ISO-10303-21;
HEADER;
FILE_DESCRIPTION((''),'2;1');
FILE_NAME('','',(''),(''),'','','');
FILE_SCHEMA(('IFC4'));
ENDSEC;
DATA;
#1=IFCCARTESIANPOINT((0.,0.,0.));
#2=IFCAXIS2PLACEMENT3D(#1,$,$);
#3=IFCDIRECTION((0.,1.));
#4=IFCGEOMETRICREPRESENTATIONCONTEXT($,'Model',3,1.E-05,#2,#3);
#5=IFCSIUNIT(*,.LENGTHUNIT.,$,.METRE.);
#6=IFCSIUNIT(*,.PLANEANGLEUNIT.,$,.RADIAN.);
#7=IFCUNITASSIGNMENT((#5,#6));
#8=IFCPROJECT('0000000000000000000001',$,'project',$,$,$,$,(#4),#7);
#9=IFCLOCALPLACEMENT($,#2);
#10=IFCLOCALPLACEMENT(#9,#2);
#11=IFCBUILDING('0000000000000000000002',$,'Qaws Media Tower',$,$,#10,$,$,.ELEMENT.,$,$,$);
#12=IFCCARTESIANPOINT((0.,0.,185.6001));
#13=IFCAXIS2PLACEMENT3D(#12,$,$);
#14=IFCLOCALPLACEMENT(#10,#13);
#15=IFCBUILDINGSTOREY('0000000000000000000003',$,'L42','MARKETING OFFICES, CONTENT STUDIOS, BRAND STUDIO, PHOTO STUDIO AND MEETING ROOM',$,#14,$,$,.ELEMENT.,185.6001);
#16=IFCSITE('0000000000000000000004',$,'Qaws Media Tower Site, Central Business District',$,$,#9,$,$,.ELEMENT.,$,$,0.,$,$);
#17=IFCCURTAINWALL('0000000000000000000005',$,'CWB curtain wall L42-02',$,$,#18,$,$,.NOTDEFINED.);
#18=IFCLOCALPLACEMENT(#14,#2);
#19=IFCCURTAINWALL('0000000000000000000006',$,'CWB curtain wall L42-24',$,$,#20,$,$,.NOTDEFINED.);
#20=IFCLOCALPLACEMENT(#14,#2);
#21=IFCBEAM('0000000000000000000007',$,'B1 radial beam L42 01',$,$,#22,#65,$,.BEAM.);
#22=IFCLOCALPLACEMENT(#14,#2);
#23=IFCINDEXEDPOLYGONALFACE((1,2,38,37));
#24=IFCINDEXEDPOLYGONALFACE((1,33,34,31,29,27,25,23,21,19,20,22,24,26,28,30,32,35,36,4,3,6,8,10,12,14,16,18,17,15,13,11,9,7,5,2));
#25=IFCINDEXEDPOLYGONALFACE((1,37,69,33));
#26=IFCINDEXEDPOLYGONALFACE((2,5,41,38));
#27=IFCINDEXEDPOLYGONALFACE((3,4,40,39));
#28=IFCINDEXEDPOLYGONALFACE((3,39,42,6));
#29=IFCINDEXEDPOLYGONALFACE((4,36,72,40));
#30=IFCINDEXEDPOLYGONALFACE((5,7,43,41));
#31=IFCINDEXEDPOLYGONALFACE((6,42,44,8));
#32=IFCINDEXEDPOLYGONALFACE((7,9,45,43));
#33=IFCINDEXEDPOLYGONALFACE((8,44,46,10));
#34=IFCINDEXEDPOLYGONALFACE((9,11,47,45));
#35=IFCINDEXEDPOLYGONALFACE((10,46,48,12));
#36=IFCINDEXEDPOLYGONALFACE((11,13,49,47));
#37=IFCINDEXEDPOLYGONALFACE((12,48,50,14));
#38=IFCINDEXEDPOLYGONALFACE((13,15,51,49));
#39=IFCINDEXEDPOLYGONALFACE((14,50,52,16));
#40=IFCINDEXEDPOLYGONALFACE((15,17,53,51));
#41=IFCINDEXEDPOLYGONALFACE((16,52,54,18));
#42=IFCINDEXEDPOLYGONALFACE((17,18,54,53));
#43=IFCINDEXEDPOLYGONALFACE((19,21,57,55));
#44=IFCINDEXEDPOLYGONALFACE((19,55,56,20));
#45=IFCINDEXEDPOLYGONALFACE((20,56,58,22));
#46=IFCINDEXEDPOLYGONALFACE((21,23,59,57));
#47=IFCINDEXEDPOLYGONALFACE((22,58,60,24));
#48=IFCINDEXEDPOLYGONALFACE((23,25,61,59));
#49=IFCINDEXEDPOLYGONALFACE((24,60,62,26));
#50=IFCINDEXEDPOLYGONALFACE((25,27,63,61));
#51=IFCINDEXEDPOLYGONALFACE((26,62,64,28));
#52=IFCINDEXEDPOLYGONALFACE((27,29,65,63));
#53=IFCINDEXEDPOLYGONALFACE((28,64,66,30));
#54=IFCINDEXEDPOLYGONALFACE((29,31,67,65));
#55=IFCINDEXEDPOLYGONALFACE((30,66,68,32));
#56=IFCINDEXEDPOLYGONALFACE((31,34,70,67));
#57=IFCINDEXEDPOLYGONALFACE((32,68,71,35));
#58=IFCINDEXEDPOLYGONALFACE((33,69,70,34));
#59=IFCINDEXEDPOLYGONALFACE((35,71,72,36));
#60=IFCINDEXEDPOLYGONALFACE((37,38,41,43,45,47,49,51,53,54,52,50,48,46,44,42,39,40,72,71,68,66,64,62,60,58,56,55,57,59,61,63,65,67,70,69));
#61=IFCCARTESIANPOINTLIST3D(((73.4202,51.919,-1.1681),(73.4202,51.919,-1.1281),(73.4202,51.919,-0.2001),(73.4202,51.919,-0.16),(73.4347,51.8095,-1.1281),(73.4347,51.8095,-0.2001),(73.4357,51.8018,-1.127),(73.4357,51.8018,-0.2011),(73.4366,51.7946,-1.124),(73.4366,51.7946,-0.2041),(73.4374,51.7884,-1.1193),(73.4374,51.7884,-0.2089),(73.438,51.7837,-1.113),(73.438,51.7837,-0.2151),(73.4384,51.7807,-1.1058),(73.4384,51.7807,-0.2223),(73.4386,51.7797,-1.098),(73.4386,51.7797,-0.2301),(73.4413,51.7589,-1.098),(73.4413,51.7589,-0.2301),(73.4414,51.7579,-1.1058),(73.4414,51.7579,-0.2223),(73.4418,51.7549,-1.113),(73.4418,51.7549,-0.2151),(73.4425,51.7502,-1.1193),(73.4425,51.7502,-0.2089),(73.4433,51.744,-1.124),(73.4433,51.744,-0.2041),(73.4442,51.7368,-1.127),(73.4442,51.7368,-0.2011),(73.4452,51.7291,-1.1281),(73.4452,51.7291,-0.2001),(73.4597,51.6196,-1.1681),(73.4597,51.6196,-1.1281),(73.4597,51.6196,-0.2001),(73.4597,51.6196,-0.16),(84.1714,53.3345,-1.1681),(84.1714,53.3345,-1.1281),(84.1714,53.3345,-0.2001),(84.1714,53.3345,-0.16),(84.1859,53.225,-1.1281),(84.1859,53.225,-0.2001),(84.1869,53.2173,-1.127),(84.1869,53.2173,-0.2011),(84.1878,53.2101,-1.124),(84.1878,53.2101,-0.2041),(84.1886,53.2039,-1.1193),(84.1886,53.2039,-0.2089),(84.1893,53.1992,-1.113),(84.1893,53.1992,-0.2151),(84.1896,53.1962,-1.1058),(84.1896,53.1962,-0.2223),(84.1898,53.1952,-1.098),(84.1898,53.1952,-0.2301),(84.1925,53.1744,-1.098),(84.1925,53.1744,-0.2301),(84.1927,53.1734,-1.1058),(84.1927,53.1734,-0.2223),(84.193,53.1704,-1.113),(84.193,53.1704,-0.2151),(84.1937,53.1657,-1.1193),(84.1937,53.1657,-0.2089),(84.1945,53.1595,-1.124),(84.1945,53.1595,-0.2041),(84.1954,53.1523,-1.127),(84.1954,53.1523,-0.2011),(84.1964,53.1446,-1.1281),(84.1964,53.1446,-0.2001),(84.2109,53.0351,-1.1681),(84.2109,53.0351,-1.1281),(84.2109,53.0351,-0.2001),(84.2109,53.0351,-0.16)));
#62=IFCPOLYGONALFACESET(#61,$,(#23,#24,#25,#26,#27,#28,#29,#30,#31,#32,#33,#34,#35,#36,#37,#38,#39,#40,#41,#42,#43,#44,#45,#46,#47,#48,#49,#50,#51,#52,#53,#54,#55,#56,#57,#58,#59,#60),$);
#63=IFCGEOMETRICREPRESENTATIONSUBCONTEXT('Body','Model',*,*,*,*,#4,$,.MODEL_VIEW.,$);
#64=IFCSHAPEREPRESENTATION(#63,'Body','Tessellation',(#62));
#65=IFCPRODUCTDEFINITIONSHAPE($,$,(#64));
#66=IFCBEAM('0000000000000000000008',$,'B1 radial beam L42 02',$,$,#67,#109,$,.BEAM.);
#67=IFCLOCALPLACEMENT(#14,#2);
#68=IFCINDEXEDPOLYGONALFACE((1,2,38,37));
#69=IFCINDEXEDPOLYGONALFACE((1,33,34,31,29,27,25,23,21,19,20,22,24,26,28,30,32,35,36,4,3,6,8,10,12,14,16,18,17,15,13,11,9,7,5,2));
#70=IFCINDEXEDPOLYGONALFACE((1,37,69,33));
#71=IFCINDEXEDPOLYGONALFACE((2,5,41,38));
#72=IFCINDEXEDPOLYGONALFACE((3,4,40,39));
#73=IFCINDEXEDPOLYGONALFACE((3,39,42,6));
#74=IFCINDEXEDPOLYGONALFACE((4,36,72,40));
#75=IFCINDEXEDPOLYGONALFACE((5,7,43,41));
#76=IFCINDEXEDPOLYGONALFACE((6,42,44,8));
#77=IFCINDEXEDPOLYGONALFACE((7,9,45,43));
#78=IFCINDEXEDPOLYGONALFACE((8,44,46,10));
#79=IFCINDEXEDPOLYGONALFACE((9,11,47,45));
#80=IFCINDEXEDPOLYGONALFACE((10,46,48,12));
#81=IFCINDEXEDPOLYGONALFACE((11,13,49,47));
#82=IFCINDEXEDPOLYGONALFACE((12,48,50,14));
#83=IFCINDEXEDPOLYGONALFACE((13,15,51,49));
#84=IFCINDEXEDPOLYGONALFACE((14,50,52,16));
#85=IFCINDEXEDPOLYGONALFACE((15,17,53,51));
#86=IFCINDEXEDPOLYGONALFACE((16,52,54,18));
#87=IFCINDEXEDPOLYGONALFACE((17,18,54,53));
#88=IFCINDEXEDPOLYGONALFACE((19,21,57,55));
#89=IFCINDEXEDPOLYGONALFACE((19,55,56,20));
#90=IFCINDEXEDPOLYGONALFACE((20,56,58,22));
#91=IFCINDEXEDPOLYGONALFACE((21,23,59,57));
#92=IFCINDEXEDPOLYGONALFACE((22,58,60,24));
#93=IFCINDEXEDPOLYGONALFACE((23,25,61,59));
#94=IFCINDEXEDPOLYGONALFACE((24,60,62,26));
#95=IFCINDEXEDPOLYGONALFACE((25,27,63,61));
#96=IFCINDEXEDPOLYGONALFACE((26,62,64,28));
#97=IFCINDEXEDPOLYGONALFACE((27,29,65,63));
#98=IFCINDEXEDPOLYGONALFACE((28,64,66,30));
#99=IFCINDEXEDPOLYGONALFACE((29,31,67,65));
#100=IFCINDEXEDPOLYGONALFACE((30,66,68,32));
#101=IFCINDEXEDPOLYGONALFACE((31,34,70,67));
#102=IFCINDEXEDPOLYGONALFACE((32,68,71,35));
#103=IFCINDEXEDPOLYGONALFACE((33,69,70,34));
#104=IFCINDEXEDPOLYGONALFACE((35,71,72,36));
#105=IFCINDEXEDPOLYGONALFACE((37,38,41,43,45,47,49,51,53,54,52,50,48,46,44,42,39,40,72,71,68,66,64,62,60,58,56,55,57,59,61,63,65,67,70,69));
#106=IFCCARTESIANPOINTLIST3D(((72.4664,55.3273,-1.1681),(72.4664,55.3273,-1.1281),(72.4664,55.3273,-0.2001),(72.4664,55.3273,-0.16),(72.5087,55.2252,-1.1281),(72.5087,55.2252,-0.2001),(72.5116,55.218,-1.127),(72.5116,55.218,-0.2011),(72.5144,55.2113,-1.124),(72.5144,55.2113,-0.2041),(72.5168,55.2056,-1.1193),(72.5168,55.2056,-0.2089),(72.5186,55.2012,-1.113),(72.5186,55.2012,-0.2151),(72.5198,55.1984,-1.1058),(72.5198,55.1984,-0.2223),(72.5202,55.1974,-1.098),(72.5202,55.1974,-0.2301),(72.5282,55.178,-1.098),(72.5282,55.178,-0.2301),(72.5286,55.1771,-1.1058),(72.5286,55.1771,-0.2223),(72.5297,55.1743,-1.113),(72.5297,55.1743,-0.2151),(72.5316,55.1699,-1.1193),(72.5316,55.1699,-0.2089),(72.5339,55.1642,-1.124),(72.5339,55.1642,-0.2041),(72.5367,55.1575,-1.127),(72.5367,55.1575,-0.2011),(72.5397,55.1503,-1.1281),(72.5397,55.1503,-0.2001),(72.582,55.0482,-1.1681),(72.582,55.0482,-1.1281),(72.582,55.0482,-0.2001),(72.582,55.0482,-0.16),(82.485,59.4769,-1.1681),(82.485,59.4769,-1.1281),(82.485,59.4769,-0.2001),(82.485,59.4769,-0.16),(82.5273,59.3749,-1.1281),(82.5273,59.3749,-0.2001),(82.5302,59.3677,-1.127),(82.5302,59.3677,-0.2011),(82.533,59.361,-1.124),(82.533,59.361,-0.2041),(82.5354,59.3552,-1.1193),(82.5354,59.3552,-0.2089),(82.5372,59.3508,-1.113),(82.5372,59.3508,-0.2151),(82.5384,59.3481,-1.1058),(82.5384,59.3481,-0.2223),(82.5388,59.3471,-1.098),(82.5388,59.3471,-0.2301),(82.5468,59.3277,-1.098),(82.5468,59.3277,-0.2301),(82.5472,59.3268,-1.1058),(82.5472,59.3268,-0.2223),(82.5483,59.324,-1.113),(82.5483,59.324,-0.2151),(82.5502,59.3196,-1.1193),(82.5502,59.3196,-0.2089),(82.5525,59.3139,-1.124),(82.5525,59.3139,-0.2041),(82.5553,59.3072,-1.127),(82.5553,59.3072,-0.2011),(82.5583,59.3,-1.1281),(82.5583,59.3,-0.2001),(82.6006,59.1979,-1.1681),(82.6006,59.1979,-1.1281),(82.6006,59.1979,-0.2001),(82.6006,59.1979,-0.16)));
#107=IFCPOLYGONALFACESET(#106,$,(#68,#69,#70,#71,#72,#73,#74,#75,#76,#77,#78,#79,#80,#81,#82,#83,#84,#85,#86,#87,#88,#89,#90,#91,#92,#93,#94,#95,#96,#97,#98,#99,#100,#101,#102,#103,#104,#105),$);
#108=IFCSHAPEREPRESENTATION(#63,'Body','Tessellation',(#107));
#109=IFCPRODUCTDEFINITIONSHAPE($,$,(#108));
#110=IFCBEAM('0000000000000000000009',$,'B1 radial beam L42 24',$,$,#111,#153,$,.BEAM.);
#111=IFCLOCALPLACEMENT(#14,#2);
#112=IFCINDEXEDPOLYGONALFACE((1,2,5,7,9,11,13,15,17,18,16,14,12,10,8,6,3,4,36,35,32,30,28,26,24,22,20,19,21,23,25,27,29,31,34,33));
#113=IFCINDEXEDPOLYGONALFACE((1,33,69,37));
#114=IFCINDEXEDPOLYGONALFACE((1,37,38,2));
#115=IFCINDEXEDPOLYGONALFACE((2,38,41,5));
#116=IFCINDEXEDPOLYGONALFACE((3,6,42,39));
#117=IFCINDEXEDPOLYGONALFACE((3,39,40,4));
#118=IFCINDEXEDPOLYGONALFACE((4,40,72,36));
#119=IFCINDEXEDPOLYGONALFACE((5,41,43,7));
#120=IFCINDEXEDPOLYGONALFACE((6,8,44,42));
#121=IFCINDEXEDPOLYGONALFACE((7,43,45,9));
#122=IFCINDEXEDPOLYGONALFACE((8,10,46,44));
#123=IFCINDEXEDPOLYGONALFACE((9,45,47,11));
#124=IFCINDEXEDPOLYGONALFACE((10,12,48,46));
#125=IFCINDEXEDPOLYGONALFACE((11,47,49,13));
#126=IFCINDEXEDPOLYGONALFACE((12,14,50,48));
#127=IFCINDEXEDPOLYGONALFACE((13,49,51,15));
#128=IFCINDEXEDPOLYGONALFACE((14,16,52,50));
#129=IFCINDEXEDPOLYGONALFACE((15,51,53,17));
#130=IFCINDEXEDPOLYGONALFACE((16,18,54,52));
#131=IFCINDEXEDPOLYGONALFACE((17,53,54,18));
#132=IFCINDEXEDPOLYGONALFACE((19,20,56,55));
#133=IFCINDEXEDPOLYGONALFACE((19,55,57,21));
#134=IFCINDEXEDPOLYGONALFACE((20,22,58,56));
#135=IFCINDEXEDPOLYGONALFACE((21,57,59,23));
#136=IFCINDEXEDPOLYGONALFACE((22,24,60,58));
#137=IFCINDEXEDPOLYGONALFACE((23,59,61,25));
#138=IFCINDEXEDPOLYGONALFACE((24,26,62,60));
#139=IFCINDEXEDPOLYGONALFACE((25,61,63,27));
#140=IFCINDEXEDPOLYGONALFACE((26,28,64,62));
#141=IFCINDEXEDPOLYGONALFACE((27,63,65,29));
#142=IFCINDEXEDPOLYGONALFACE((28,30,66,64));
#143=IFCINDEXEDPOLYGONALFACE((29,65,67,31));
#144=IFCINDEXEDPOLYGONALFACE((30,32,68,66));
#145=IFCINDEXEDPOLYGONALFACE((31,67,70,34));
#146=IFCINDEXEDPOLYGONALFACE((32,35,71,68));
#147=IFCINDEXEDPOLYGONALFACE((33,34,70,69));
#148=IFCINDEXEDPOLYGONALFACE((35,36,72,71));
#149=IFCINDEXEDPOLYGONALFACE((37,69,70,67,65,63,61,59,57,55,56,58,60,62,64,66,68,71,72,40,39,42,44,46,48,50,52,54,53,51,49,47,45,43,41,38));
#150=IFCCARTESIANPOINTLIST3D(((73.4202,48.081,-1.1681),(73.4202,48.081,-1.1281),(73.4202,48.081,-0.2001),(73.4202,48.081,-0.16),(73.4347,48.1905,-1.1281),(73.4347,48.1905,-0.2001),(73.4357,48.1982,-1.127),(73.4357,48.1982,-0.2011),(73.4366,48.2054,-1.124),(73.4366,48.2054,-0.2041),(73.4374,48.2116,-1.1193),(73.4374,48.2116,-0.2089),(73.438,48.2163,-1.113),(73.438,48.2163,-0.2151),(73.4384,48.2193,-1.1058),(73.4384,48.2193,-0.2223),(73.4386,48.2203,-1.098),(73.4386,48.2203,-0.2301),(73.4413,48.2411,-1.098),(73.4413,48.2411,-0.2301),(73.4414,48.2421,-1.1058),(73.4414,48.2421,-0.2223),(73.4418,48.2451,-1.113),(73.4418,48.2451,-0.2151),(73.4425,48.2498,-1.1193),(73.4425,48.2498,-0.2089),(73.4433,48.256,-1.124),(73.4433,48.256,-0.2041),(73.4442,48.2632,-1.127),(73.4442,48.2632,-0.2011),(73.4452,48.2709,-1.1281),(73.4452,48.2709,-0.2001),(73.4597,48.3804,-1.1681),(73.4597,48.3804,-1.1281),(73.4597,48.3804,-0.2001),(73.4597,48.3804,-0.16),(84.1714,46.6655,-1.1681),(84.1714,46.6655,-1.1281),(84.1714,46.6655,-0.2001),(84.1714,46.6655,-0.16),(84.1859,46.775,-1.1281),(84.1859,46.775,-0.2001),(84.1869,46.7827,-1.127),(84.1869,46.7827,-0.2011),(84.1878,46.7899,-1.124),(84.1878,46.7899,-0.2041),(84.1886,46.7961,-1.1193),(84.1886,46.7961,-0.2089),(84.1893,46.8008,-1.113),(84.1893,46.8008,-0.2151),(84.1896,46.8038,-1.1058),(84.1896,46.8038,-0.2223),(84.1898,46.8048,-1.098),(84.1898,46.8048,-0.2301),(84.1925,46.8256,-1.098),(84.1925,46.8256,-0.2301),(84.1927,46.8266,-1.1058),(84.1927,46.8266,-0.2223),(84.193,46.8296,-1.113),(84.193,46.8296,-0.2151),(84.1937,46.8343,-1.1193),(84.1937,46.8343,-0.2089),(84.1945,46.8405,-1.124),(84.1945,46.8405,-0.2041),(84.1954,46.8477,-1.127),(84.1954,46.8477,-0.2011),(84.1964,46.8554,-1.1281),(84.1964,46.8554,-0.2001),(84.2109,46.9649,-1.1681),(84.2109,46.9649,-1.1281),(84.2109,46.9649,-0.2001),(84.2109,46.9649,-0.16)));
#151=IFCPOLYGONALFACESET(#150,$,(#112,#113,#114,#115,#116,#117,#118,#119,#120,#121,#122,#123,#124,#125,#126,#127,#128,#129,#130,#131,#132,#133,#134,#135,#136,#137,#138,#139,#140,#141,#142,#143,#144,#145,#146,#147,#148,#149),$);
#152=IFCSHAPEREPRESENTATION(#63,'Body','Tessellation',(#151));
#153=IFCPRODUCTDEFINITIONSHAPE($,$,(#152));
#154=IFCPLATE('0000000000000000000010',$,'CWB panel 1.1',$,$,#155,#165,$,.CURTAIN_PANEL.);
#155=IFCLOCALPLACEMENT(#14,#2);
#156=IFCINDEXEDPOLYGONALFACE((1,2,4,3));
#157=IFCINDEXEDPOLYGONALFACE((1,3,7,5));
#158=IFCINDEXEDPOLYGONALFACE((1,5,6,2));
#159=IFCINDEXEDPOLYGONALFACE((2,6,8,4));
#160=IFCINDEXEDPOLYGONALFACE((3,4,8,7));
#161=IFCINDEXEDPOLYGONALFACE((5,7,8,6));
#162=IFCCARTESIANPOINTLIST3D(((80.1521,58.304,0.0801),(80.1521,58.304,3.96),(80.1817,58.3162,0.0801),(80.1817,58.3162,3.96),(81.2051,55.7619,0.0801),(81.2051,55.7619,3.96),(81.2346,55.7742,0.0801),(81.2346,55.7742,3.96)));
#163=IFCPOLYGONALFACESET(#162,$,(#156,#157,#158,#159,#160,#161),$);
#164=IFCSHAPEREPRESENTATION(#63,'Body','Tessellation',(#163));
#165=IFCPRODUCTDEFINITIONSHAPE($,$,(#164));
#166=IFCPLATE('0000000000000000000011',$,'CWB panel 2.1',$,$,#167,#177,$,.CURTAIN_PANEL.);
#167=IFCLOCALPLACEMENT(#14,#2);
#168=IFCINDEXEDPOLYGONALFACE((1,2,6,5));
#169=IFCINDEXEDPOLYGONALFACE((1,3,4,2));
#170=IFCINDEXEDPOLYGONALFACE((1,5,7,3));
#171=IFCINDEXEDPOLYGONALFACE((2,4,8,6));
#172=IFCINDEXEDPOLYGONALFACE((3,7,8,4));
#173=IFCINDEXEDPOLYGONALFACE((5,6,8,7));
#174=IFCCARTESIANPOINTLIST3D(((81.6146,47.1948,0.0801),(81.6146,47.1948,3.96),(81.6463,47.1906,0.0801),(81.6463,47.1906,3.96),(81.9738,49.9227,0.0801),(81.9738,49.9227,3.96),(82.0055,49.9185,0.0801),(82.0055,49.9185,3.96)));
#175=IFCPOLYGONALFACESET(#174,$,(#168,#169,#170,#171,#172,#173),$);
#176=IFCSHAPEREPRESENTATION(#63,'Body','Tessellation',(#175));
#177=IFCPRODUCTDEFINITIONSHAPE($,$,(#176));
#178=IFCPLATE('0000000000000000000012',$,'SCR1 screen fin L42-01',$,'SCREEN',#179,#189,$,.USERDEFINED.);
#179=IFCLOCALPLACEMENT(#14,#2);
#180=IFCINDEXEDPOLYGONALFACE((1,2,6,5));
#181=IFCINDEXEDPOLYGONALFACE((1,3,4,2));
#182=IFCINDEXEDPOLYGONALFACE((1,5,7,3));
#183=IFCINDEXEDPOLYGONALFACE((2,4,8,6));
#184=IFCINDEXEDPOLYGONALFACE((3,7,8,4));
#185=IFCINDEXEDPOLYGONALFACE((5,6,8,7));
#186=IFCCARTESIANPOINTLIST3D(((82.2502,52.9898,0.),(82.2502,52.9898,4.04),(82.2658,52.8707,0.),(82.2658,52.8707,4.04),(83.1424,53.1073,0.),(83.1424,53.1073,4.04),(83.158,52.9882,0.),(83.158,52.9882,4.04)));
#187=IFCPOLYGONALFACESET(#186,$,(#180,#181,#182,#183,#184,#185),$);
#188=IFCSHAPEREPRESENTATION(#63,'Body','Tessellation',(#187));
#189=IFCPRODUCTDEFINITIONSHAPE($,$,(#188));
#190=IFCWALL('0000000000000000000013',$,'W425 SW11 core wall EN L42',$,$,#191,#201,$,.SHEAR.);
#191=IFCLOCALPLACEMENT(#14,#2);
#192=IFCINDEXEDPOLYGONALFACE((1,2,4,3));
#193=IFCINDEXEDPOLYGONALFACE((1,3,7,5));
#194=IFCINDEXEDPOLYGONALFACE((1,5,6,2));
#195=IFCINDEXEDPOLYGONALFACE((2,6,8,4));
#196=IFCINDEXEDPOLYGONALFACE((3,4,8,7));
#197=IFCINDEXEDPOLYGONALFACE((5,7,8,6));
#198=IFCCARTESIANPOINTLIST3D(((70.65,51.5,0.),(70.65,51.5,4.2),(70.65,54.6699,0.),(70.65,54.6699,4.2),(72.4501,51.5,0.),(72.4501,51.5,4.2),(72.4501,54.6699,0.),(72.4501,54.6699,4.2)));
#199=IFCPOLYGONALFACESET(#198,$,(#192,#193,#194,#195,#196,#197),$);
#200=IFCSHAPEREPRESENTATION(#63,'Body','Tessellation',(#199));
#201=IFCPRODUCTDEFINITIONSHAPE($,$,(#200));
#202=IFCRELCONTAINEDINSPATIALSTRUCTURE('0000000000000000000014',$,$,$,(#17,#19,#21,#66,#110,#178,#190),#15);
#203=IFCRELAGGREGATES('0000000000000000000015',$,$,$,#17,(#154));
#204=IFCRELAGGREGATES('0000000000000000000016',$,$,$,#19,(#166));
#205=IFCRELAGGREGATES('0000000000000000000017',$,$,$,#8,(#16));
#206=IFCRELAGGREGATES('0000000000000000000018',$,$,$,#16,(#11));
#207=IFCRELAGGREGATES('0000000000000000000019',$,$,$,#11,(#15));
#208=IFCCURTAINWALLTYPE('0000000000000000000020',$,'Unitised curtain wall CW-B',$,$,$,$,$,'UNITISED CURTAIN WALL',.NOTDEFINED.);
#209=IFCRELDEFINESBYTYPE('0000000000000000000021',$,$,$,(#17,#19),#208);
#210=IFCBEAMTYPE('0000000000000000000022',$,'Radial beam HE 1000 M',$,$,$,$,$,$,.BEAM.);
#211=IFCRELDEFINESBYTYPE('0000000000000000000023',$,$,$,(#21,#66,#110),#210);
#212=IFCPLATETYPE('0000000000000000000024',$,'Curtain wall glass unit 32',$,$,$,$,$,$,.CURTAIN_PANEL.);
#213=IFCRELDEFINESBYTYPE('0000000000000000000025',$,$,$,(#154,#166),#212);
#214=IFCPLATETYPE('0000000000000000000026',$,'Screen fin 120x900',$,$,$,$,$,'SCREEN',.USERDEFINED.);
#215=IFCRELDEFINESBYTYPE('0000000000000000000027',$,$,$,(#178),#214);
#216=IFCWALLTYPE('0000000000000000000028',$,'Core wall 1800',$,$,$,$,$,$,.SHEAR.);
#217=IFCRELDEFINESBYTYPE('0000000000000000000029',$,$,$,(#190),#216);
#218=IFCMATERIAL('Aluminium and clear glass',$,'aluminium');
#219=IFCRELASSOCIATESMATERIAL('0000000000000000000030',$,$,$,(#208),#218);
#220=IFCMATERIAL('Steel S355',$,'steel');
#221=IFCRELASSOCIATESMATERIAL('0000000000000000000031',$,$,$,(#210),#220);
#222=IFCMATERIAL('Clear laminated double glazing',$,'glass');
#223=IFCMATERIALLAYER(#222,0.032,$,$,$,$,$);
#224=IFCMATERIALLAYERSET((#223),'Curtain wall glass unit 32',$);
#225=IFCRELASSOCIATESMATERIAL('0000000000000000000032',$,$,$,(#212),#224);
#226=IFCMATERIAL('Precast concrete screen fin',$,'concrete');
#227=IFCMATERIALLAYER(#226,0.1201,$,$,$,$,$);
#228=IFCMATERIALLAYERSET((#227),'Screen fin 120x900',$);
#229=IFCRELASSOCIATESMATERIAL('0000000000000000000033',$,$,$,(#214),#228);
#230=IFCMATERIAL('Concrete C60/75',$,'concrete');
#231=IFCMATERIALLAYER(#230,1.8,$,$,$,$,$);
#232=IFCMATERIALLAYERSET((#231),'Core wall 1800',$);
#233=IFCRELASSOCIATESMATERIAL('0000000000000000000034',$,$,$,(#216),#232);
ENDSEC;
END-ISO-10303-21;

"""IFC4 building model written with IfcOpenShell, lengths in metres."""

from ifc_helpers import new_model, si_unit, direction, frame, frame_2d, origin, origin_2d, place, context, subcontext, project, spatial, rectangle, i_section, extrude, material, layer, layer_set, material_profile, profile_set, type_object, element, aggregate, save


model = new_model("IFC4")

# Units and contexts
model_context = context("Model", 3, precision=1e-05, world=origin(), true_north=direction((0.0, 1.0)))
body_context = subcontext(model_context, "Body", "Model", "MODEL_VIEW")
ifc_project = project(units=[si_unit("LENGTHUNIT", "METRE"), si_unit("PLANEANGLEUNIT", "RADIAN")], contexts=[model_context])

# Site, building, storey
site_placement = place(None, origin())
site = spatial("IfcSite", under=ifc_project, at=site_placement, Name="Qaws Media Tower Site, Central Business District", CompositionType="ELEMENT", RefElevation=0.0)
building_placement = place(site_placement, origin())
building = spatial("IfcBuilding", under=site, at=building_placement, Name="Qaws Media Tower", CompositionType="ELEMENT")
storey_placement = place(building_placement, frame((0.0, 0.0, 185.6001)))
storey = spatial("IfcBuildingStorey", under=building, at=storey_placement, Name="L42", Description="MARKETING OFFICES, CONTENT STUDIOS, BRAND STUDIO, PHOTO STUDIO AND MEETING ROOM", CompositionType="ELEMENT", Elevation=185.6001)

# Curtain wall
ifc_material_1 = material(Name="Aluminium and clear glass", Category="aluminium")
curtain_wall_type = type_object("IfcCurtainWallType", Name="Unitised curtain wall CW-B", ElementType="UNITISED CURTAIN WALL", PredefinedType="NOTDEFINED", material=ifc_material_1)
curtain_wall_1_placement = place(storey_placement, origin())
curtain_wall_1 = element("IfcCurtainWall", 1, at=curtain_wall_1_placement, inside=storey, type_object=curtain_wall_type, Name="CWB curtain wall L42-02", PredefinedType="NOTDEFINED")

# Curtain wall
curtain_wall_2_placement = place(storey_placement, origin())
curtain_wall_2 = element("IfcCurtainWall", 2, at=curtain_wall_2_placement, inside=storey, type_object=curtain_wall_type, Name="CWB curtain wall L42-24", PredefinedType="NOTDEFINED")

# Beams
ifc_material_2 = material(Name="Steel S355", Category="steel")
ifc_material_profile_1 = material_profile(ifc_material_2, i_section(OverallWidth=0.302, OverallDepth=1.0081, WebThickness=0.021, FlangeThickness=0.04, FilletRadius=0.03, at=origin_2d()), Name="HE 1000 M")
ifc_profile_set_1 = profile_set([ifc_material_profile_1], Name="Steel S355")
beam_type_1 = type_object("IfcBeamType", Name="Radial beam HE 1000 M", PredefinedType="BEAM", material=ifc_profile_set_1)
for number, where, z_axis, x_axis, name in (
    (3, (73.4399, 51.7693, -0.6641), (0.991444, 0.130535, 0.0), (-0.130535, 0.991444, 0.0), "B1 radial beam L42 01"),
    (4, (72.5242, 55.1877, -0.6641), (0.923885, 0.382671, 0.0), (-0.382671, 0.923885, 0.0), "B1 radial beam L42 02"),
    (5, (73.4399, 48.2307, -0.6641), (0.991444, -0.130535, 0.0), (0.130535, 0.991444, 0.0), "B1 radial beam L42 24"),
):
    element("IfcBeam", number, at=place(storey_placement, frame(where, z_axis=z_axis, x_axis=x_axis)), inside=storey, type_object=beam_type_1, Name=name, PredefinedType="BEAM", context=body_context, shape_type="SweptSolid", body=[
        extrude(i_section(OverallWidth=0.302, OverallDepth=1.0081, WebThickness=0.021, FlangeThickness=0.04, FilletRadius=0.03, at=origin_2d()), origin(), (0.0, 0.0, 1.0), 10.844),
    ])

# Plates
ifc_material_3 = material(Name="Clear laminated double glazing", Category="glass")
ifc_layer_1 = layer(ifc_material_3, 0.032)
ifc_layer_set_1 = layer_set([ifc_layer_1], Name="Curtain wall glass unit 32")
plate_type_1 = type_object("IfcPlateType", Name="Curtain wall glass unit 32", PredefinedType="CURTAIN_PANEL", material=ifc_layer_set_1)
plate_1_placement = place(storey_placement, frame((80.6934, 57.0391, 0.0801), z_axis=(0.0, 0.0, 1.0), x_axis=(-0.382683, 0.92388, 0.0)))
plate_1 = element("IfcPlate", 6, at=plate_1_placement, type_object=plate_type_1, Name="CWB panel 1.1", PredefinedType="CURTAIN_PANEL", context=body_context, shape_type="SweptSolid", body=[
    extrude(rectangle(XDim=2.7515, YDim=0.032, at=origin_2d()), origin(), (0.0, 0.0, 1.0), 3.8799),
])
aggregate(curtain_wall_1, [plate_1])
plate_2_placement = place(storey_placement, frame((81.8101, 48.5566, 0.0801), z_axis=(0.0, 0.0, 1.0), x_axis=(0.130526, 0.991445, 0.0)))
plate_2 = element("IfcPlate", 7, at=plate_2_placement, type_object=plate_type_1, Name="CWB panel 2.1", PredefinedType="CURTAIN_PANEL", context=body_context, shape_type="SweptSolid", body=[
    extrude(rectangle(XDim=2.7515, YDim=0.032, at=origin_2d()), origin(), (0.0, 0.0, 1.0), 3.8799),
])
aggregate(curtain_wall_2, [plate_2])
ifc_material_4 = material(Name="Precast concrete screen fin", Category="concrete")
ifc_layer_2 = layer(ifc_material_4, 0.1201)
ifc_layer_set_2 = layer_set([ifc_layer_2], Name="Screen fin 120x900")
plate_type_2 = type_object("IfcPlateType", Name="Screen fin 120x900", ElementType="SCREEN", PredefinedType="USERDEFINED", material=ifc_layer_set_2)
plate_3_placement = place(storey_placement, frame((82.7041, 52.989, 0.0), z_axis=(0.0, 0.0, 1.0), x_axis=(0.991445, 0.130526, 0.0)))
element("IfcPlate", 8, at=plate_3_placement, inside=storey, type_object=plate_type_2, Name="SCR1 screen fin L42-01", ObjectType="SCREEN", PredefinedType="USERDEFINED", context=body_context, shape_type="SweptSolid", body=[
    extrude(rectangle(XDim=0.8999, YDim=0.1201, at=origin_2d()), origin(), (0.0, 0.0, 1.0), 4.04),
])

# Wall
ifc_material_5 = material(Name="Concrete C60/75", Category="concrete")
ifc_layer_3 = layer(ifc_material_5, 1.8)
ifc_layer_set_3 = layer_set([ifc_layer_3], Name="Core wall 1800")
wall_type_1 = type_object("IfcWallType", Name="Core wall 1800", PredefinedType="SHEAR", material=ifc_layer_set_3)
wall_1_placement = place(storey_placement, frame((71.55, 51.5, 0.0), z_axis=(0.0, 0.0, 1.0), x_axis=(0.0, 1.0, 0.0)))
element("IfcWall", 9, at=wall_1_placement, inside=storey, type_object=wall_type_1, Name="W425 SW11 core wall EN L42", PredefinedType="SHEAR", context=body_context, shape_type="SweptSolid", body=[
    extrude(rectangle(XDim=3.1699, YDim=1.8, at=frame_2d((1.585, 0.0))), origin(), (0.0, 0.0, 1.0), 4.2),
])

save(model, "model.ifc")
